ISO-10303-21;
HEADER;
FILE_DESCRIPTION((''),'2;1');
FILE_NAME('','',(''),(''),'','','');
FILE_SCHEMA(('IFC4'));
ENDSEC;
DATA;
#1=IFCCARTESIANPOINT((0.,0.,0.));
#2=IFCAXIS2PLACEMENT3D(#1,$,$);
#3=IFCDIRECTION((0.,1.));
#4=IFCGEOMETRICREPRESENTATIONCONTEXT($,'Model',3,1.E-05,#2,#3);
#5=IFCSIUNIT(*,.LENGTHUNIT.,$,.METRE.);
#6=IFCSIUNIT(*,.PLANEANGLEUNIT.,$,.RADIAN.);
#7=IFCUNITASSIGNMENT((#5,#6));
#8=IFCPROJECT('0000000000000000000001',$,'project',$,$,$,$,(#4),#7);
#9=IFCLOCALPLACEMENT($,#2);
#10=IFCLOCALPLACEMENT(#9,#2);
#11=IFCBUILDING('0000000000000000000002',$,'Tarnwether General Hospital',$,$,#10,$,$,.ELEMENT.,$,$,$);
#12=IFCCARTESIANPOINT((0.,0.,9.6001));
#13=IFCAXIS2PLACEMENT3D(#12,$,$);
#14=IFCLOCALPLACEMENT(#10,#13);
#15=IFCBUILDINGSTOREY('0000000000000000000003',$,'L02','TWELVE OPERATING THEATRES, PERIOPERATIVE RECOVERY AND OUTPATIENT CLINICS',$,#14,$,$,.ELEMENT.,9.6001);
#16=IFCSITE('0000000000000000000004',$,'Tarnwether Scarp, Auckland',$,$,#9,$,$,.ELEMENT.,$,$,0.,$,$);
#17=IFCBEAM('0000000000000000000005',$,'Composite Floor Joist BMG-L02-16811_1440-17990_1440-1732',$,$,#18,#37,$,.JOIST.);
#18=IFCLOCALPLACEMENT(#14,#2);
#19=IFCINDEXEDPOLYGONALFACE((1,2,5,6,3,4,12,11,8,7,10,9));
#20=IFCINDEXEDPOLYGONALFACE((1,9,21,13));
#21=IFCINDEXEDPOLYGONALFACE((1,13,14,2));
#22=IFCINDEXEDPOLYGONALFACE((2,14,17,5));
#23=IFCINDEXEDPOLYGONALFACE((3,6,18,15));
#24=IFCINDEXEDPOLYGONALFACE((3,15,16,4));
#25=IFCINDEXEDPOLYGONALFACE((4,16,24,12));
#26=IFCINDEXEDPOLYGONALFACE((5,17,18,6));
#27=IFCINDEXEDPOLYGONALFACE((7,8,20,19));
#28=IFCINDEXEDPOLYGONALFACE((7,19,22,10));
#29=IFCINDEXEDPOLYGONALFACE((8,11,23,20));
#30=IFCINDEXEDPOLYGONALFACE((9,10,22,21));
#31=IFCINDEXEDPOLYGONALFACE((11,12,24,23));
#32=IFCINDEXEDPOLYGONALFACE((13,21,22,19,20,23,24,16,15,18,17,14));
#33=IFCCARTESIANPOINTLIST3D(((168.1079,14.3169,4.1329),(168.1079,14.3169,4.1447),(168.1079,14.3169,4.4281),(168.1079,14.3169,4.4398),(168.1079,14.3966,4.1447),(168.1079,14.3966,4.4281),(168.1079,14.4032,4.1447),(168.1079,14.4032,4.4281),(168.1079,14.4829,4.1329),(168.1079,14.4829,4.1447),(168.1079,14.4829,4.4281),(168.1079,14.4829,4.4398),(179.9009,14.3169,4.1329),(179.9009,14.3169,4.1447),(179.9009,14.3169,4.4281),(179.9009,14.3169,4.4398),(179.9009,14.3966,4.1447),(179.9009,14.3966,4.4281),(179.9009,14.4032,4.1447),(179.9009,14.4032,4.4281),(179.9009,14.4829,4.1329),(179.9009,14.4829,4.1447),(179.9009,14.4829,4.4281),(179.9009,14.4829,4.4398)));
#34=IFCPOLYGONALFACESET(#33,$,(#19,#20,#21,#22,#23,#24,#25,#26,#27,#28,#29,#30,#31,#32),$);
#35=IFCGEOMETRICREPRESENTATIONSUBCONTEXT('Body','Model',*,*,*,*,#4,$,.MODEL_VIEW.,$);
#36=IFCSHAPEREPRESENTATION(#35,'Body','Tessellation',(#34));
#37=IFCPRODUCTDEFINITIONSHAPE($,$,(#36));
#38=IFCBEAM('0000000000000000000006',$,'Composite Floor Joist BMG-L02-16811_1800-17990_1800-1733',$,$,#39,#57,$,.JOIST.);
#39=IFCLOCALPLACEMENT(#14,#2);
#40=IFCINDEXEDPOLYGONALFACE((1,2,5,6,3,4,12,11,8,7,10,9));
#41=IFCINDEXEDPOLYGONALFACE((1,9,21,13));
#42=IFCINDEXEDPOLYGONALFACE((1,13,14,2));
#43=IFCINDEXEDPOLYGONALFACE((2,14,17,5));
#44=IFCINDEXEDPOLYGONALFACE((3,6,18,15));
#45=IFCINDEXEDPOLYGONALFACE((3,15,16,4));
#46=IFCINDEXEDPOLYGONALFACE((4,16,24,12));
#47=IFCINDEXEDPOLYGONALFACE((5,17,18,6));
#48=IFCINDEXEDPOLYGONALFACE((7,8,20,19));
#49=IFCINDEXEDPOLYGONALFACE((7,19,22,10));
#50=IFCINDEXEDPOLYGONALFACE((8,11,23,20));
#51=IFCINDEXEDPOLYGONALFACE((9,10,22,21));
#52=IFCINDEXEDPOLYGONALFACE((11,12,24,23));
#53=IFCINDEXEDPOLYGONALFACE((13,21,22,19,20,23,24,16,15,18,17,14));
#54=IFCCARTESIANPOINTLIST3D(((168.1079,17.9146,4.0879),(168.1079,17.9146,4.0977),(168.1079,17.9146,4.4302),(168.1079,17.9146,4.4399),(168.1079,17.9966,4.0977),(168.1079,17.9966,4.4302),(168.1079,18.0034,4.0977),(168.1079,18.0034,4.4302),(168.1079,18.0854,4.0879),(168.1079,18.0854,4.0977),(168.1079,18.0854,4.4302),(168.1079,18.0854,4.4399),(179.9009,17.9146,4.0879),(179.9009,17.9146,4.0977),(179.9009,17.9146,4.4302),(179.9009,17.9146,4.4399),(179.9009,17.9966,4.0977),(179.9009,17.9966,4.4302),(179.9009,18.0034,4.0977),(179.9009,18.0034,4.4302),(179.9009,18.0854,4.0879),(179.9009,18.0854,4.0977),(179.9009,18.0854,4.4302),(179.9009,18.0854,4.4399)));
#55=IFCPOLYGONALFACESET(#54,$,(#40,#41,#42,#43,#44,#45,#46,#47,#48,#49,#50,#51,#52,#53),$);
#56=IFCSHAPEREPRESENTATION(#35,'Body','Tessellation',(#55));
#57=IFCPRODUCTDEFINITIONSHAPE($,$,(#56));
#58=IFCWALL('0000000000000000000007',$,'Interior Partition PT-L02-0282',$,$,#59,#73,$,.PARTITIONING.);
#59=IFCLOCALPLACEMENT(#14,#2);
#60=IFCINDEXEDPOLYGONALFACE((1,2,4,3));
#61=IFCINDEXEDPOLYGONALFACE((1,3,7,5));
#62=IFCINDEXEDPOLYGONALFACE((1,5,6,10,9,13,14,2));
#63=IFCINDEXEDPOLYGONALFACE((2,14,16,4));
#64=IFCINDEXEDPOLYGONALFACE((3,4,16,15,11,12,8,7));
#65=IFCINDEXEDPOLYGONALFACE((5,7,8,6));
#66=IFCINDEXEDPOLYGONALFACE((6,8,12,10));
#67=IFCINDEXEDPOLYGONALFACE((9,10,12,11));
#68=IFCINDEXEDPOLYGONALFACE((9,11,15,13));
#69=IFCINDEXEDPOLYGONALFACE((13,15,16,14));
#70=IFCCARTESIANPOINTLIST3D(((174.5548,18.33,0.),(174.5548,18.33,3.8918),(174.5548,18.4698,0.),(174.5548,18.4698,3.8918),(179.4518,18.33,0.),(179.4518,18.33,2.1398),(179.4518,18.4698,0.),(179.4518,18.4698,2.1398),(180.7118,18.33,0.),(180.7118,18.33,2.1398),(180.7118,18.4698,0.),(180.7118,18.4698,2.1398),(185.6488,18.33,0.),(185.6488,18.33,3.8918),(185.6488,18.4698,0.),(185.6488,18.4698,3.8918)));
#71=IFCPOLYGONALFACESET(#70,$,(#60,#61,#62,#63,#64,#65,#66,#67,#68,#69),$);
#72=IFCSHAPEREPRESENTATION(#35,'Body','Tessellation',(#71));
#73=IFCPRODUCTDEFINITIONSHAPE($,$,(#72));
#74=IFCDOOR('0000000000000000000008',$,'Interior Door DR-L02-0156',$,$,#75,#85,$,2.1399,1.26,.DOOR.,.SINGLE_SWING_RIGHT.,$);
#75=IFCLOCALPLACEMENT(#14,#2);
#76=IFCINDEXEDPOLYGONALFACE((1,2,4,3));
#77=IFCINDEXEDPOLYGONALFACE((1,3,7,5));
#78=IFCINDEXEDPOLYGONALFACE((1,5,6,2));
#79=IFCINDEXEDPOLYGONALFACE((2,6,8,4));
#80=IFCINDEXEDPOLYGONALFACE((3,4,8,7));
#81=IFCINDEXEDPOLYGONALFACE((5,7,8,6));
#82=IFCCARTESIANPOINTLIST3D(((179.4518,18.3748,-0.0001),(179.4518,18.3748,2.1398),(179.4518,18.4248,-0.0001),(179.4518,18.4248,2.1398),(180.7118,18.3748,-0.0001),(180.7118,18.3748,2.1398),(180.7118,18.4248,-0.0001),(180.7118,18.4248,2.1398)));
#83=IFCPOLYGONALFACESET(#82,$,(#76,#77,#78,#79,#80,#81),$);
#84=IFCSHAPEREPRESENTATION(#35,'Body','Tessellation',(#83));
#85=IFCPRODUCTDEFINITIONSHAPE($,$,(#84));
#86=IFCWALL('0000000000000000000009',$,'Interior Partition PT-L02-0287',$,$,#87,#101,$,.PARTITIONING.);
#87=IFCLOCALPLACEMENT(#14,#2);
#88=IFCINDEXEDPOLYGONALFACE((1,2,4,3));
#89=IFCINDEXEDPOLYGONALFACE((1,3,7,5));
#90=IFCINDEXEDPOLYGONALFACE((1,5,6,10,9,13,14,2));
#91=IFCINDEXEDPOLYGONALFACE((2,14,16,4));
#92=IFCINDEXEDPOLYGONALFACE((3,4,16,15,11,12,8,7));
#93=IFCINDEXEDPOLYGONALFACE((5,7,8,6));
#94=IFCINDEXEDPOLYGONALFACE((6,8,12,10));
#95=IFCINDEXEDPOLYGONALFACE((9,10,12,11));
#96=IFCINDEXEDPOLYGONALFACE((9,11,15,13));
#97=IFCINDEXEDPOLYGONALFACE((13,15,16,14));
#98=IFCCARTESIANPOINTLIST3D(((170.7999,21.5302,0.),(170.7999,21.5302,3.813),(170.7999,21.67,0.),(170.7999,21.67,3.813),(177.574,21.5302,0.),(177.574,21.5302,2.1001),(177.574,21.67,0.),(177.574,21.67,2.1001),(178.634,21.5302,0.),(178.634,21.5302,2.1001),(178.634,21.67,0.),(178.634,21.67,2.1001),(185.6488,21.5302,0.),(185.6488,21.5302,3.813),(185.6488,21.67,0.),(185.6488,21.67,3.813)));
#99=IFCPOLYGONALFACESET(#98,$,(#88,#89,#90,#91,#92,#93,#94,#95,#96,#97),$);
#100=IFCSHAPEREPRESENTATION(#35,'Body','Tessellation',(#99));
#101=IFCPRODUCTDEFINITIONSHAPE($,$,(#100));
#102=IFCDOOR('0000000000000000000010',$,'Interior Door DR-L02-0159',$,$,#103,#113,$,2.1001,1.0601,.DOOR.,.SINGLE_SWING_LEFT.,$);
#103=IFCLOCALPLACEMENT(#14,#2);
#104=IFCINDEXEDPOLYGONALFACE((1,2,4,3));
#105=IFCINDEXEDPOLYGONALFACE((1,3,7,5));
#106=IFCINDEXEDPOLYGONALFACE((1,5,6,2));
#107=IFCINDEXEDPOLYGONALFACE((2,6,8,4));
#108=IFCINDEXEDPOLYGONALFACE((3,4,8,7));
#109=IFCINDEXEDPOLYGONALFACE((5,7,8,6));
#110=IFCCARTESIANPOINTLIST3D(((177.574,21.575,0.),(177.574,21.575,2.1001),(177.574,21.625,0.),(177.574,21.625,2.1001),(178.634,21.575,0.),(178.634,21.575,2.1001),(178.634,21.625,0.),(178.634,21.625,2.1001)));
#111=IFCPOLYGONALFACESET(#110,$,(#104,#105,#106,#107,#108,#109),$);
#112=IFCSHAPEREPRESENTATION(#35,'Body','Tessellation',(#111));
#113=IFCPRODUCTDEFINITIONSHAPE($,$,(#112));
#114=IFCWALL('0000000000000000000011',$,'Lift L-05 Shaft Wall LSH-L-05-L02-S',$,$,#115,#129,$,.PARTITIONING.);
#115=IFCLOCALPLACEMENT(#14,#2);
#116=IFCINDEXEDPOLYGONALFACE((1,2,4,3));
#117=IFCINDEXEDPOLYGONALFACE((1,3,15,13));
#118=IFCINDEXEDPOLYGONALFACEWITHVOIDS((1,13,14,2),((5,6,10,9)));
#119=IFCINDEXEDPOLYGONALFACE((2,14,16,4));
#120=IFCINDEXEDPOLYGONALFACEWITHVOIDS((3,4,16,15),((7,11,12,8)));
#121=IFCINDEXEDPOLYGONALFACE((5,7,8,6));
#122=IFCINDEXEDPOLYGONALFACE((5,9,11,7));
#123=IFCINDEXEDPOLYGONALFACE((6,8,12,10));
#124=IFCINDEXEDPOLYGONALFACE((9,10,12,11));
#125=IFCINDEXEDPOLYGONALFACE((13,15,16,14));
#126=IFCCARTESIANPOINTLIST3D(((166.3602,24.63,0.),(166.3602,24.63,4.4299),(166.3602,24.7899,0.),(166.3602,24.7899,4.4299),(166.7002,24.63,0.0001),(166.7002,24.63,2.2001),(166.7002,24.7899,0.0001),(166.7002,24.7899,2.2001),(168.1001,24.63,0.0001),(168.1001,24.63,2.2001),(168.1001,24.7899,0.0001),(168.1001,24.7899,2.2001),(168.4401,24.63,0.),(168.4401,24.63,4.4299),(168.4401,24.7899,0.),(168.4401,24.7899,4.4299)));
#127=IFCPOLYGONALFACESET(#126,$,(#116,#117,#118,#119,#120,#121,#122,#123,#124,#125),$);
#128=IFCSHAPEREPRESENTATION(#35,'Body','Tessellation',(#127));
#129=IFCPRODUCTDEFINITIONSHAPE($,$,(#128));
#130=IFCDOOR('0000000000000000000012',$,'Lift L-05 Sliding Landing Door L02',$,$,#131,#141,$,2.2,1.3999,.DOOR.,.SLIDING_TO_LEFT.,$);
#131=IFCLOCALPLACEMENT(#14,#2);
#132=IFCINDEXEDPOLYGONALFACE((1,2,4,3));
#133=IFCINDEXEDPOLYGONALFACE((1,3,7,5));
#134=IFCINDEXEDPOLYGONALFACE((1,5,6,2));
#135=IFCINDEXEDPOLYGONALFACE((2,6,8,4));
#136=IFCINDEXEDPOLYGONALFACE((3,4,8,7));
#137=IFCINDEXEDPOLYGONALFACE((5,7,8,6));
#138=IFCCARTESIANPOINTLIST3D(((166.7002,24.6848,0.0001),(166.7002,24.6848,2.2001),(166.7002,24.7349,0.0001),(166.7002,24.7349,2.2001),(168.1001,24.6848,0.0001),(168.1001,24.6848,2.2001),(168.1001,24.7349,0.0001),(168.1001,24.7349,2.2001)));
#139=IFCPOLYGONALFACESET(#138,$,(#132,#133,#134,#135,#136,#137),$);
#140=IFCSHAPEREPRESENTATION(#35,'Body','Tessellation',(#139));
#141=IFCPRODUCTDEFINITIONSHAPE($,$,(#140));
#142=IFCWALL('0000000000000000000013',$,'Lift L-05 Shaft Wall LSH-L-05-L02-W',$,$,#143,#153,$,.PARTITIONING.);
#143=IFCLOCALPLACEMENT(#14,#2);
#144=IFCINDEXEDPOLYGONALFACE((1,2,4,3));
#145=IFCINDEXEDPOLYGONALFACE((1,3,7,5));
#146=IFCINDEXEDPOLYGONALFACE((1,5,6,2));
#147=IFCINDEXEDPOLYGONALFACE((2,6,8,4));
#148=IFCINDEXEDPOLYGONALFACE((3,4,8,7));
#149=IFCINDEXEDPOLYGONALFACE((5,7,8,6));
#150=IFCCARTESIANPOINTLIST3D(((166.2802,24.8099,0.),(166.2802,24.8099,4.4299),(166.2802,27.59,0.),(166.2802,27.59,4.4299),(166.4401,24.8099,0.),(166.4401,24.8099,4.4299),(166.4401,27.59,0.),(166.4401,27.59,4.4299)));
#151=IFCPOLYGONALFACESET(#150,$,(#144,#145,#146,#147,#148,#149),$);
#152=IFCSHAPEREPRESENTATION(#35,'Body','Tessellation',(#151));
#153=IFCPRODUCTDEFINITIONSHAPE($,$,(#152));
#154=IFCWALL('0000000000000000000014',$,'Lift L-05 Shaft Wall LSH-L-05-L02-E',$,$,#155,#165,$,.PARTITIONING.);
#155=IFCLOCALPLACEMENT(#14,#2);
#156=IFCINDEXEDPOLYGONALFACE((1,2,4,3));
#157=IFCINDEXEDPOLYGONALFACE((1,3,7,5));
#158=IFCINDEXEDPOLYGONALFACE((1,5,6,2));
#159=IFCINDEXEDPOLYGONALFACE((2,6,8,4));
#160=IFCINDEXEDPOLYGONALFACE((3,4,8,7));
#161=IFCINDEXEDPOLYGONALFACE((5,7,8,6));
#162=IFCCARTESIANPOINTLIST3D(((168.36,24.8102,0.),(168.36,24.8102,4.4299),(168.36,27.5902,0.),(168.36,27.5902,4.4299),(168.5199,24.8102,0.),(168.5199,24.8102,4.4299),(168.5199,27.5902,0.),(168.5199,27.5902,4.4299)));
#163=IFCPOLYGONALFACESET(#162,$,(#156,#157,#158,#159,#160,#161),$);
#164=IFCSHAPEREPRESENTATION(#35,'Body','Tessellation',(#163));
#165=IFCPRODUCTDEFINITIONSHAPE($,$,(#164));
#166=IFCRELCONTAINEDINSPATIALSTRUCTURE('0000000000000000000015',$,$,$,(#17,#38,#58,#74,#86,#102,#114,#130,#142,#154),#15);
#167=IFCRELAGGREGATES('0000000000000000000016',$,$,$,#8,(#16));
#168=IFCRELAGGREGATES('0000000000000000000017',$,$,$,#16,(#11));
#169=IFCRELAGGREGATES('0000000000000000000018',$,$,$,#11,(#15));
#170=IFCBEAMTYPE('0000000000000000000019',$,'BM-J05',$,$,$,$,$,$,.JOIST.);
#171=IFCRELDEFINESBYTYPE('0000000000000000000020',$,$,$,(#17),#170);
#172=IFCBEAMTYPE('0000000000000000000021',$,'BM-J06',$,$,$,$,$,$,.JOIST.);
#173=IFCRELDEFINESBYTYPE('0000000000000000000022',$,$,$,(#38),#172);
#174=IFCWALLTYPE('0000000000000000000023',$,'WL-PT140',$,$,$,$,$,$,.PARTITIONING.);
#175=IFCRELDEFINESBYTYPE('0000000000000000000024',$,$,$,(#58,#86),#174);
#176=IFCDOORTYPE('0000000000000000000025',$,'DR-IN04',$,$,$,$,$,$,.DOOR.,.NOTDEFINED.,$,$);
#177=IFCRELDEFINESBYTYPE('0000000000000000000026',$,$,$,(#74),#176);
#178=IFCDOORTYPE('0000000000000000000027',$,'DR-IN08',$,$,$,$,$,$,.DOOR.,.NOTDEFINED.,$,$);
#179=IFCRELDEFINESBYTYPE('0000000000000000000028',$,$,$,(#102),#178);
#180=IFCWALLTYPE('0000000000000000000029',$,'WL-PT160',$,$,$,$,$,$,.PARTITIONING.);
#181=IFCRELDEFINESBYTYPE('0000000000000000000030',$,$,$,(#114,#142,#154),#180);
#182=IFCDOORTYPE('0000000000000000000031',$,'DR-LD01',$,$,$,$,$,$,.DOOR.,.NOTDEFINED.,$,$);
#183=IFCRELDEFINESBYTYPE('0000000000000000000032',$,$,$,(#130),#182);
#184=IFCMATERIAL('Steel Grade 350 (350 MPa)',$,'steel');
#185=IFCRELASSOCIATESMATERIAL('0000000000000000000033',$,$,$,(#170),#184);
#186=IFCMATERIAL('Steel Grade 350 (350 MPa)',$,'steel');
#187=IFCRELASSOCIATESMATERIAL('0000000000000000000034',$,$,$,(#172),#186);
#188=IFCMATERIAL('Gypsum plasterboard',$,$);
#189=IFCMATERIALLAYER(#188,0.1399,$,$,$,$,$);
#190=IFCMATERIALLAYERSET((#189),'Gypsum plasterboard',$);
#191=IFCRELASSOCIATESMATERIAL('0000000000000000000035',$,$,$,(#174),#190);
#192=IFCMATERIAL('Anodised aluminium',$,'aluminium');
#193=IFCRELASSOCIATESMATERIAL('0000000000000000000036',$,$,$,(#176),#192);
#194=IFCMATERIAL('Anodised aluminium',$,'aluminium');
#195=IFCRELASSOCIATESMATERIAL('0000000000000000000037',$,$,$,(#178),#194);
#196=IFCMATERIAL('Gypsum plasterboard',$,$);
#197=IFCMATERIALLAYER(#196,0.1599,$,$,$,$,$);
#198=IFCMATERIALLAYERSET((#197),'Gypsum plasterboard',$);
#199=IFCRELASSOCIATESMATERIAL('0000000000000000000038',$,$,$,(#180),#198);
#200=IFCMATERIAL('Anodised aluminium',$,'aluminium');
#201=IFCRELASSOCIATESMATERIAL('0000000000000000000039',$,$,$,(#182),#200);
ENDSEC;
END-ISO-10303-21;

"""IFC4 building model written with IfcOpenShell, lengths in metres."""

from ifc_helpers import new_model, si_unit, direction, frame, frame_2d, origin, origin_2d, place, context, subcontext, project, spatial, rectangle, i_section, extrude, material, layer, layer_set, material_profile, profile_set, type_object, element, fill, save


model = new_model("IFC4")

# Units and contexts
model_context = context("Model", 3, precision=1e-05, world=origin(), true_north=direction((0.0, 1.0)))
body_context = subcontext(model_context, "Body", "Model", "MODEL_VIEW")
ifc_project = project(units=[si_unit("LENGTHUNIT", "METRE"), si_unit("PLANEANGLEUNIT", "RADIAN")], contexts=[model_context])

# Site, building, storey
site_placement = place(None, origin())
site = spatial("IfcSite", under=ifc_project, at=site_placement, Name="Tarnwether Scarp, Auckland", CompositionType="ELEMENT", RefElevation=0.0)
building_placement = place(site_placement, origin())
building = spatial("IfcBuilding", under=site, at=building_placement, Name="Tarnwether General Hospital", CompositionType="ELEMENT")
storey_placement = place(building_placement, frame((0.0, 0.0, 9.6001)))
storey = spatial("IfcBuildingStorey", under=building, at=storey_placement, Name="L02", Description="TWELVE OPERATING THEATRES, PERIOPERATIVE RECOVERY AND OUTPATIENT CLINICS", CompositionType="ELEMENT", Elevation=9.6001)

# Beams
ifc_material_1 = material(Name="Steel Grade 350 (350 MPa)", Category="steel")
ifc_material_profile_1 = material_profile(ifc_material_1, i_section(OverallWidth=0.166, OverallDepth=0.3069, WebThickness=0.0066, FlangeThickness=0.0117, at=origin_2d()), Name="310UB46.2")
ifc_profile_set_1 = profile_set([ifc_material_profile_1], Name="Steel Grade 350 (350 MPa)")
beam_type_1 = type_object("IfcBeamType", Name="BM-J05", PredefinedType="JOIST", material=ifc_profile_set_1)
beam_1_placement = place(storey_placement, frame((168.1079, 14.3999, 4.2864), z_axis=(1.0, 0.0, 0.0), x_axis=(0.0, 1.0, 0.0)))
element("IfcBeam", 1, at=beam_1_placement, inside=storey, type_object=beam_type_1, Name="Composite Floor Joist BMG-L02-16811_1440-17990_1440-1732", PredefinedType="JOIST", context=body_context, shape_type="SweptSolid", body=[
    extrude(i_section(OverallWidth=0.166, OverallDepth=0.3069, WebThickness=0.0066, FlangeThickness=0.0117, at=origin_2d()), origin(), (0.0, 0.0, 1.0), 11.793),
])
ifc_material_2 = material(Name="Steel Grade 350 (350 MPa)", Category="steel")
ifc_material_profile_2 = material_profile(ifc_material_2, i_section(OverallWidth=0.1709, OverallDepth=0.3521, WebThickness=0.0068, FlangeThickness=0.0098, at=origin_2d()), Name="360UB44.7")
ifc_profile_set_2 = profile_set([ifc_material_profile_2], Name="Steel Grade 350 (350 MPa)")
beam_type_2 = type_object("IfcBeamType", Name="BM-J06", PredefinedType="JOIST", material=ifc_profile_set_2)
beam_2_placement = place(storey_placement, frame((168.1079, 18.0, 4.2639), z_axis=(1.0, 0.0, 0.0), x_axis=(0.0, 1.0, 0.0)))
element("IfcBeam", 2, at=beam_2_placement, inside=storey, type_object=beam_type_2, Name="Composite Floor Joist BMG-L02-16811_1800-17990_1800-1733", PredefinedType="JOIST", context=body_context, shape_type="SweptSolid", body=[
    extrude(i_section(OverallWidth=0.1709, OverallDepth=0.3521, WebThickness=0.0068, FlangeThickness=0.0098, at=origin_2d()), origin(), (0.0, 0.0, 1.0), 11.793),
])

# Walls, openings, doors
ifc_material_3 = material(Name="Gypsum plasterboard")
ifc_layer_1 = layer(ifc_material_3, 0.1399)
ifc_layer_set_1 = layer_set([ifc_layer_1], Name="Gypsum plasterboard")
wall_type_1 = type_object("IfcWallType", Name="WL-PT140", PredefinedType="PARTITIONING", material=ifc_layer_set_1)
wall_1_placement = place(storey_placement, frame((174.5549, 18.3999, 0.0), z_axis=(0.0, 0.0, 1.0), x_axis=(1.0, 0.0, 0.0)))
wall_1 = element("IfcWall", 3, at=wall_1_placement, inside=storey, type_object=wall_type_1, Name="Interior Partition PT-L02-0282", PredefinedType="PARTITIONING", context=body_context, shape_type="SweptSolid", body=[
    extrude(rectangle(XDim=11.094, YDim=0.1399, at=frame_2d((5.5469, 0.0))), origin(), (0.0, 0.0, 1.0), 3.8918),
])
opening_1_placement = place(wall_1_placement, frame((4.897, 0.0, 0.0)))
opening_1 = element("IfcOpeningElement", 4, at=opening_1_placement, cuts=wall_1, PredefinedType="OPENING", context=body_context, shape_type="SweptSolid", body=[
    extrude(rectangle(XDim=1.26, YDim=2.1399, at=frame_2d((0.6299, 1.0698))), frame((0.0, 0.0801, 0.0), z_axis=(0.0, -1.0, 0.0), x_axis=(1.0, 0.0, 0.0)), (0.0, 0.0, 1.0), 0.1599),
])
ifc_material_4 = material(Name="Anodised aluminium", Category="aluminium")
door_type_1 = type_object("IfcDoorType", Name="DR-IN04", OperationType="NOTDEFINED", PredefinedType="DOOR", material=ifc_material_4)
door_1_placement = place(opening_1_placement, origin())
door_1 = element("IfcDoor", 5, at=door_1_placement, inside=storey, type_object=door_type_1, Name="Interior Door DR-L02-0156", OperationType="SINGLE_SWING_RIGHT", OverallHeight=2.1399, OverallWidth=1.26, PredefinedType="DOOR", context=body_context, shape_type="SweptSolid", body=[
    extrude(rectangle(XDim=1.26, YDim=2.1399, at=frame_2d((0.6299, 1.0698))), frame((0.0, 0.0249, 0.0), z_axis=(0.0, -1.0, 0.0), x_axis=(1.0, 0.0, 0.0)), (0.0, 0.0, 1.0), 0.05),
])
fill(opening_1, door_1)
wall_2_placement = place(storey_placement, frame((170.8, 21.6001, 0.0), z_axis=(0.0, 0.0, 1.0), x_axis=(1.0, 0.0, 0.0)))
wall_2 = element("IfcWall", 6, at=wall_2_placement, inside=storey, type_object=wall_type_1, Name="Interior Partition PT-L02-0287", PredefinedType="PARTITIONING", context=body_context, shape_type="SweptSolid", body=[
    extrude(rectangle(XDim=14.8489, YDim=0.1399, at=frame_2d((7.4243, 0.0))), origin(), (0.0, 0.0, 1.0), 3.813),
])
opening_2_placement = place(wall_2_placement, frame((6.7739, 0.0, 0.0)))
opening_2 = element("IfcOpeningElement", 7, at=opening_2_placement, cuts=wall_2, PredefinedType="OPENING", context=body_context, shape_type="SweptSolid", body=[
    extrude(rectangle(XDim=1.0601, YDim=2.1001, at=frame_2d((0.53, 1.05))), frame((0.0, 0.0801, 0.0), z_axis=(0.0, -1.0, 0.0), x_axis=(1.0, 0.0, 0.0)), (0.0, 0.0, 1.0), 0.1599),
])
ifc_material_5 = material(Name="Anodised aluminium", Category="aluminium")
door_type_2 = type_object("IfcDoorType", Name="DR-IN08", OperationType="NOTDEFINED", PredefinedType="DOOR", material=ifc_material_5)
door_2_placement = place(opening_2_placement, origin())
door_2 = element("IfcDoor", 8, at=door_2_placement, inside=storey, type_object=door_type_2, Name="Interior Door DR-L02-0159", OperationType="SINGLE_SWING_LEFT", OverallHeight=2.1001, OverallWidth=1.0601, PredefinedType="DOOR", context=body_context, shape_type="SweptSolid", body=[
    extrude(rectangle(XDim=1.0601, YDim=2.1001, at=frame_2d((0.53, 1.05))), frame((0.0, 0.0249, 0.0), z_axis=(0.0, -1.0, 0.0), x_axis=(1.0, 0.0, 0.0)), (0.0, 0.0, 1.0), 0.05),
])
fill(opening_2, door_2)
ifc_material_6 = material(Name="Gypsum plasterboard")
ifc_layer_2 = layer(ifc_material_6, 0.1599)
ifc_layer_set_2 = layer_set([ifc_layer_2], Name="Gypsum plasterboard")
wall_type_2 = type_object("IfcWallType", Name="WL-PT160", PredefinedType="PARTITIONING", material=ifc_layer_set_2)
wall_3_placement = place(storey_placement, frame((166.3601, 24.71, 0.0), z_axis=(0.0, 0.0, 1.0), x_axis=(1.0, 0.0, 0.0)))
wall_3 = element("IfcWall", 9, at=wall_3_placement, inside=storey, type_object=wall_type_2, Name="Lift L-05 Shaft Wall LSH-L-05-L02-S", PredefinedType="PARTITIONING", context=body_context, shape_type="SweptSolid", body=[
    extrude(rectangle(XDim=2.0798, YDim=0.1599, at=frame_2d((1.04, 0.0))), origin(), (0.0, 0.0, 1.0), 4.4299),
])
opening_3_placement = place(wall_3_placement, frame((0.3401, 0.0, 0.0)))
opening_3 = element("IfcOpeningElement", 10, at=opening_3_placement, cuts=wall_3, PredefinedType="OPENING", context=body_context, shape_type="SweptSolid", body=[
    extrude(rectangle(XDim=1.3999, YDim=2.2, at=frame_2d((0.7, 1.1001))), frame((0.0, 0.0898, 0.0), z_axis=(0.0, -1.0, 0.0), x_axis=(1.0, 0.0, 0.0)), (0.0, 0.0, 1.0), 0.1799),
])
ifc_material_7 = material(Name="Anodised aluminium", Category="aluminium")
door_type_3 = type_object("IfcDoorType", Name="DR-LD01", OperationType="NOTDEFINED", PredefinedType="DOOR", material=ifc_material_7)
door_3_placement = place(opening_3_placement, origin())
door_3 = element("IfcDoor", 11, at=door_3_placement, inside=storey, type_object=door_type_3, Name="Lift L-05 Sliding Landing Door L02", OperationType="SLIDING_TO_LEFT", OverallHeight=2.2, OverallWidth=1.3999, PredefinedType="DOOR", context=body_context, shape_type="SweptSolid", body=[
    extrude(rectangle(XDim=1.3999, YDim=2.2, at=frame_2d((0.7, 1.1001))), frame((0.0, 0.0249, 0.0), z_axis=(0.0, -1.0, 0.0), x_axis=(1.0, 0.0, 0.0)), (0.0, 0.0, 1.0), 0.05),
])
fill(opening_3, door_3)

# Walls
for number, where, z_axis, x_axis, name in (
    (12, (166.3601, 27.5901, 0.0), (0.0, 0.0, 1.0), (0.0, -1.0, 0.0), "Lift L-05 Shaft Wall LSH-L-05-L02-W"),
    (13, (168.4399, 24.8101, 0.0), (0.0, 0.0, 1.0), (0.0, 1.0, 0.0), "Lift L-05 Shaft Wall LSH-L-05-L02-E"),
):
    element("IfcWall", number, at=place(storey_placement, frame(where, z_axis=z_axis, x_axis=x_axis)), inside=storey, type_object=wall_type_2, Name=name, PredefinedType="PARTITIONING", context=body_context, shape_type="SweptSolid", body=[
        extrude(rectangle(XDim=2.78, YDim=0.1599, at=frame_2d((1.3901, 0.0))), origin(), (0.0, 0.0, 1.0), 4.4299),
    ])

save(model, "model.ifc")
